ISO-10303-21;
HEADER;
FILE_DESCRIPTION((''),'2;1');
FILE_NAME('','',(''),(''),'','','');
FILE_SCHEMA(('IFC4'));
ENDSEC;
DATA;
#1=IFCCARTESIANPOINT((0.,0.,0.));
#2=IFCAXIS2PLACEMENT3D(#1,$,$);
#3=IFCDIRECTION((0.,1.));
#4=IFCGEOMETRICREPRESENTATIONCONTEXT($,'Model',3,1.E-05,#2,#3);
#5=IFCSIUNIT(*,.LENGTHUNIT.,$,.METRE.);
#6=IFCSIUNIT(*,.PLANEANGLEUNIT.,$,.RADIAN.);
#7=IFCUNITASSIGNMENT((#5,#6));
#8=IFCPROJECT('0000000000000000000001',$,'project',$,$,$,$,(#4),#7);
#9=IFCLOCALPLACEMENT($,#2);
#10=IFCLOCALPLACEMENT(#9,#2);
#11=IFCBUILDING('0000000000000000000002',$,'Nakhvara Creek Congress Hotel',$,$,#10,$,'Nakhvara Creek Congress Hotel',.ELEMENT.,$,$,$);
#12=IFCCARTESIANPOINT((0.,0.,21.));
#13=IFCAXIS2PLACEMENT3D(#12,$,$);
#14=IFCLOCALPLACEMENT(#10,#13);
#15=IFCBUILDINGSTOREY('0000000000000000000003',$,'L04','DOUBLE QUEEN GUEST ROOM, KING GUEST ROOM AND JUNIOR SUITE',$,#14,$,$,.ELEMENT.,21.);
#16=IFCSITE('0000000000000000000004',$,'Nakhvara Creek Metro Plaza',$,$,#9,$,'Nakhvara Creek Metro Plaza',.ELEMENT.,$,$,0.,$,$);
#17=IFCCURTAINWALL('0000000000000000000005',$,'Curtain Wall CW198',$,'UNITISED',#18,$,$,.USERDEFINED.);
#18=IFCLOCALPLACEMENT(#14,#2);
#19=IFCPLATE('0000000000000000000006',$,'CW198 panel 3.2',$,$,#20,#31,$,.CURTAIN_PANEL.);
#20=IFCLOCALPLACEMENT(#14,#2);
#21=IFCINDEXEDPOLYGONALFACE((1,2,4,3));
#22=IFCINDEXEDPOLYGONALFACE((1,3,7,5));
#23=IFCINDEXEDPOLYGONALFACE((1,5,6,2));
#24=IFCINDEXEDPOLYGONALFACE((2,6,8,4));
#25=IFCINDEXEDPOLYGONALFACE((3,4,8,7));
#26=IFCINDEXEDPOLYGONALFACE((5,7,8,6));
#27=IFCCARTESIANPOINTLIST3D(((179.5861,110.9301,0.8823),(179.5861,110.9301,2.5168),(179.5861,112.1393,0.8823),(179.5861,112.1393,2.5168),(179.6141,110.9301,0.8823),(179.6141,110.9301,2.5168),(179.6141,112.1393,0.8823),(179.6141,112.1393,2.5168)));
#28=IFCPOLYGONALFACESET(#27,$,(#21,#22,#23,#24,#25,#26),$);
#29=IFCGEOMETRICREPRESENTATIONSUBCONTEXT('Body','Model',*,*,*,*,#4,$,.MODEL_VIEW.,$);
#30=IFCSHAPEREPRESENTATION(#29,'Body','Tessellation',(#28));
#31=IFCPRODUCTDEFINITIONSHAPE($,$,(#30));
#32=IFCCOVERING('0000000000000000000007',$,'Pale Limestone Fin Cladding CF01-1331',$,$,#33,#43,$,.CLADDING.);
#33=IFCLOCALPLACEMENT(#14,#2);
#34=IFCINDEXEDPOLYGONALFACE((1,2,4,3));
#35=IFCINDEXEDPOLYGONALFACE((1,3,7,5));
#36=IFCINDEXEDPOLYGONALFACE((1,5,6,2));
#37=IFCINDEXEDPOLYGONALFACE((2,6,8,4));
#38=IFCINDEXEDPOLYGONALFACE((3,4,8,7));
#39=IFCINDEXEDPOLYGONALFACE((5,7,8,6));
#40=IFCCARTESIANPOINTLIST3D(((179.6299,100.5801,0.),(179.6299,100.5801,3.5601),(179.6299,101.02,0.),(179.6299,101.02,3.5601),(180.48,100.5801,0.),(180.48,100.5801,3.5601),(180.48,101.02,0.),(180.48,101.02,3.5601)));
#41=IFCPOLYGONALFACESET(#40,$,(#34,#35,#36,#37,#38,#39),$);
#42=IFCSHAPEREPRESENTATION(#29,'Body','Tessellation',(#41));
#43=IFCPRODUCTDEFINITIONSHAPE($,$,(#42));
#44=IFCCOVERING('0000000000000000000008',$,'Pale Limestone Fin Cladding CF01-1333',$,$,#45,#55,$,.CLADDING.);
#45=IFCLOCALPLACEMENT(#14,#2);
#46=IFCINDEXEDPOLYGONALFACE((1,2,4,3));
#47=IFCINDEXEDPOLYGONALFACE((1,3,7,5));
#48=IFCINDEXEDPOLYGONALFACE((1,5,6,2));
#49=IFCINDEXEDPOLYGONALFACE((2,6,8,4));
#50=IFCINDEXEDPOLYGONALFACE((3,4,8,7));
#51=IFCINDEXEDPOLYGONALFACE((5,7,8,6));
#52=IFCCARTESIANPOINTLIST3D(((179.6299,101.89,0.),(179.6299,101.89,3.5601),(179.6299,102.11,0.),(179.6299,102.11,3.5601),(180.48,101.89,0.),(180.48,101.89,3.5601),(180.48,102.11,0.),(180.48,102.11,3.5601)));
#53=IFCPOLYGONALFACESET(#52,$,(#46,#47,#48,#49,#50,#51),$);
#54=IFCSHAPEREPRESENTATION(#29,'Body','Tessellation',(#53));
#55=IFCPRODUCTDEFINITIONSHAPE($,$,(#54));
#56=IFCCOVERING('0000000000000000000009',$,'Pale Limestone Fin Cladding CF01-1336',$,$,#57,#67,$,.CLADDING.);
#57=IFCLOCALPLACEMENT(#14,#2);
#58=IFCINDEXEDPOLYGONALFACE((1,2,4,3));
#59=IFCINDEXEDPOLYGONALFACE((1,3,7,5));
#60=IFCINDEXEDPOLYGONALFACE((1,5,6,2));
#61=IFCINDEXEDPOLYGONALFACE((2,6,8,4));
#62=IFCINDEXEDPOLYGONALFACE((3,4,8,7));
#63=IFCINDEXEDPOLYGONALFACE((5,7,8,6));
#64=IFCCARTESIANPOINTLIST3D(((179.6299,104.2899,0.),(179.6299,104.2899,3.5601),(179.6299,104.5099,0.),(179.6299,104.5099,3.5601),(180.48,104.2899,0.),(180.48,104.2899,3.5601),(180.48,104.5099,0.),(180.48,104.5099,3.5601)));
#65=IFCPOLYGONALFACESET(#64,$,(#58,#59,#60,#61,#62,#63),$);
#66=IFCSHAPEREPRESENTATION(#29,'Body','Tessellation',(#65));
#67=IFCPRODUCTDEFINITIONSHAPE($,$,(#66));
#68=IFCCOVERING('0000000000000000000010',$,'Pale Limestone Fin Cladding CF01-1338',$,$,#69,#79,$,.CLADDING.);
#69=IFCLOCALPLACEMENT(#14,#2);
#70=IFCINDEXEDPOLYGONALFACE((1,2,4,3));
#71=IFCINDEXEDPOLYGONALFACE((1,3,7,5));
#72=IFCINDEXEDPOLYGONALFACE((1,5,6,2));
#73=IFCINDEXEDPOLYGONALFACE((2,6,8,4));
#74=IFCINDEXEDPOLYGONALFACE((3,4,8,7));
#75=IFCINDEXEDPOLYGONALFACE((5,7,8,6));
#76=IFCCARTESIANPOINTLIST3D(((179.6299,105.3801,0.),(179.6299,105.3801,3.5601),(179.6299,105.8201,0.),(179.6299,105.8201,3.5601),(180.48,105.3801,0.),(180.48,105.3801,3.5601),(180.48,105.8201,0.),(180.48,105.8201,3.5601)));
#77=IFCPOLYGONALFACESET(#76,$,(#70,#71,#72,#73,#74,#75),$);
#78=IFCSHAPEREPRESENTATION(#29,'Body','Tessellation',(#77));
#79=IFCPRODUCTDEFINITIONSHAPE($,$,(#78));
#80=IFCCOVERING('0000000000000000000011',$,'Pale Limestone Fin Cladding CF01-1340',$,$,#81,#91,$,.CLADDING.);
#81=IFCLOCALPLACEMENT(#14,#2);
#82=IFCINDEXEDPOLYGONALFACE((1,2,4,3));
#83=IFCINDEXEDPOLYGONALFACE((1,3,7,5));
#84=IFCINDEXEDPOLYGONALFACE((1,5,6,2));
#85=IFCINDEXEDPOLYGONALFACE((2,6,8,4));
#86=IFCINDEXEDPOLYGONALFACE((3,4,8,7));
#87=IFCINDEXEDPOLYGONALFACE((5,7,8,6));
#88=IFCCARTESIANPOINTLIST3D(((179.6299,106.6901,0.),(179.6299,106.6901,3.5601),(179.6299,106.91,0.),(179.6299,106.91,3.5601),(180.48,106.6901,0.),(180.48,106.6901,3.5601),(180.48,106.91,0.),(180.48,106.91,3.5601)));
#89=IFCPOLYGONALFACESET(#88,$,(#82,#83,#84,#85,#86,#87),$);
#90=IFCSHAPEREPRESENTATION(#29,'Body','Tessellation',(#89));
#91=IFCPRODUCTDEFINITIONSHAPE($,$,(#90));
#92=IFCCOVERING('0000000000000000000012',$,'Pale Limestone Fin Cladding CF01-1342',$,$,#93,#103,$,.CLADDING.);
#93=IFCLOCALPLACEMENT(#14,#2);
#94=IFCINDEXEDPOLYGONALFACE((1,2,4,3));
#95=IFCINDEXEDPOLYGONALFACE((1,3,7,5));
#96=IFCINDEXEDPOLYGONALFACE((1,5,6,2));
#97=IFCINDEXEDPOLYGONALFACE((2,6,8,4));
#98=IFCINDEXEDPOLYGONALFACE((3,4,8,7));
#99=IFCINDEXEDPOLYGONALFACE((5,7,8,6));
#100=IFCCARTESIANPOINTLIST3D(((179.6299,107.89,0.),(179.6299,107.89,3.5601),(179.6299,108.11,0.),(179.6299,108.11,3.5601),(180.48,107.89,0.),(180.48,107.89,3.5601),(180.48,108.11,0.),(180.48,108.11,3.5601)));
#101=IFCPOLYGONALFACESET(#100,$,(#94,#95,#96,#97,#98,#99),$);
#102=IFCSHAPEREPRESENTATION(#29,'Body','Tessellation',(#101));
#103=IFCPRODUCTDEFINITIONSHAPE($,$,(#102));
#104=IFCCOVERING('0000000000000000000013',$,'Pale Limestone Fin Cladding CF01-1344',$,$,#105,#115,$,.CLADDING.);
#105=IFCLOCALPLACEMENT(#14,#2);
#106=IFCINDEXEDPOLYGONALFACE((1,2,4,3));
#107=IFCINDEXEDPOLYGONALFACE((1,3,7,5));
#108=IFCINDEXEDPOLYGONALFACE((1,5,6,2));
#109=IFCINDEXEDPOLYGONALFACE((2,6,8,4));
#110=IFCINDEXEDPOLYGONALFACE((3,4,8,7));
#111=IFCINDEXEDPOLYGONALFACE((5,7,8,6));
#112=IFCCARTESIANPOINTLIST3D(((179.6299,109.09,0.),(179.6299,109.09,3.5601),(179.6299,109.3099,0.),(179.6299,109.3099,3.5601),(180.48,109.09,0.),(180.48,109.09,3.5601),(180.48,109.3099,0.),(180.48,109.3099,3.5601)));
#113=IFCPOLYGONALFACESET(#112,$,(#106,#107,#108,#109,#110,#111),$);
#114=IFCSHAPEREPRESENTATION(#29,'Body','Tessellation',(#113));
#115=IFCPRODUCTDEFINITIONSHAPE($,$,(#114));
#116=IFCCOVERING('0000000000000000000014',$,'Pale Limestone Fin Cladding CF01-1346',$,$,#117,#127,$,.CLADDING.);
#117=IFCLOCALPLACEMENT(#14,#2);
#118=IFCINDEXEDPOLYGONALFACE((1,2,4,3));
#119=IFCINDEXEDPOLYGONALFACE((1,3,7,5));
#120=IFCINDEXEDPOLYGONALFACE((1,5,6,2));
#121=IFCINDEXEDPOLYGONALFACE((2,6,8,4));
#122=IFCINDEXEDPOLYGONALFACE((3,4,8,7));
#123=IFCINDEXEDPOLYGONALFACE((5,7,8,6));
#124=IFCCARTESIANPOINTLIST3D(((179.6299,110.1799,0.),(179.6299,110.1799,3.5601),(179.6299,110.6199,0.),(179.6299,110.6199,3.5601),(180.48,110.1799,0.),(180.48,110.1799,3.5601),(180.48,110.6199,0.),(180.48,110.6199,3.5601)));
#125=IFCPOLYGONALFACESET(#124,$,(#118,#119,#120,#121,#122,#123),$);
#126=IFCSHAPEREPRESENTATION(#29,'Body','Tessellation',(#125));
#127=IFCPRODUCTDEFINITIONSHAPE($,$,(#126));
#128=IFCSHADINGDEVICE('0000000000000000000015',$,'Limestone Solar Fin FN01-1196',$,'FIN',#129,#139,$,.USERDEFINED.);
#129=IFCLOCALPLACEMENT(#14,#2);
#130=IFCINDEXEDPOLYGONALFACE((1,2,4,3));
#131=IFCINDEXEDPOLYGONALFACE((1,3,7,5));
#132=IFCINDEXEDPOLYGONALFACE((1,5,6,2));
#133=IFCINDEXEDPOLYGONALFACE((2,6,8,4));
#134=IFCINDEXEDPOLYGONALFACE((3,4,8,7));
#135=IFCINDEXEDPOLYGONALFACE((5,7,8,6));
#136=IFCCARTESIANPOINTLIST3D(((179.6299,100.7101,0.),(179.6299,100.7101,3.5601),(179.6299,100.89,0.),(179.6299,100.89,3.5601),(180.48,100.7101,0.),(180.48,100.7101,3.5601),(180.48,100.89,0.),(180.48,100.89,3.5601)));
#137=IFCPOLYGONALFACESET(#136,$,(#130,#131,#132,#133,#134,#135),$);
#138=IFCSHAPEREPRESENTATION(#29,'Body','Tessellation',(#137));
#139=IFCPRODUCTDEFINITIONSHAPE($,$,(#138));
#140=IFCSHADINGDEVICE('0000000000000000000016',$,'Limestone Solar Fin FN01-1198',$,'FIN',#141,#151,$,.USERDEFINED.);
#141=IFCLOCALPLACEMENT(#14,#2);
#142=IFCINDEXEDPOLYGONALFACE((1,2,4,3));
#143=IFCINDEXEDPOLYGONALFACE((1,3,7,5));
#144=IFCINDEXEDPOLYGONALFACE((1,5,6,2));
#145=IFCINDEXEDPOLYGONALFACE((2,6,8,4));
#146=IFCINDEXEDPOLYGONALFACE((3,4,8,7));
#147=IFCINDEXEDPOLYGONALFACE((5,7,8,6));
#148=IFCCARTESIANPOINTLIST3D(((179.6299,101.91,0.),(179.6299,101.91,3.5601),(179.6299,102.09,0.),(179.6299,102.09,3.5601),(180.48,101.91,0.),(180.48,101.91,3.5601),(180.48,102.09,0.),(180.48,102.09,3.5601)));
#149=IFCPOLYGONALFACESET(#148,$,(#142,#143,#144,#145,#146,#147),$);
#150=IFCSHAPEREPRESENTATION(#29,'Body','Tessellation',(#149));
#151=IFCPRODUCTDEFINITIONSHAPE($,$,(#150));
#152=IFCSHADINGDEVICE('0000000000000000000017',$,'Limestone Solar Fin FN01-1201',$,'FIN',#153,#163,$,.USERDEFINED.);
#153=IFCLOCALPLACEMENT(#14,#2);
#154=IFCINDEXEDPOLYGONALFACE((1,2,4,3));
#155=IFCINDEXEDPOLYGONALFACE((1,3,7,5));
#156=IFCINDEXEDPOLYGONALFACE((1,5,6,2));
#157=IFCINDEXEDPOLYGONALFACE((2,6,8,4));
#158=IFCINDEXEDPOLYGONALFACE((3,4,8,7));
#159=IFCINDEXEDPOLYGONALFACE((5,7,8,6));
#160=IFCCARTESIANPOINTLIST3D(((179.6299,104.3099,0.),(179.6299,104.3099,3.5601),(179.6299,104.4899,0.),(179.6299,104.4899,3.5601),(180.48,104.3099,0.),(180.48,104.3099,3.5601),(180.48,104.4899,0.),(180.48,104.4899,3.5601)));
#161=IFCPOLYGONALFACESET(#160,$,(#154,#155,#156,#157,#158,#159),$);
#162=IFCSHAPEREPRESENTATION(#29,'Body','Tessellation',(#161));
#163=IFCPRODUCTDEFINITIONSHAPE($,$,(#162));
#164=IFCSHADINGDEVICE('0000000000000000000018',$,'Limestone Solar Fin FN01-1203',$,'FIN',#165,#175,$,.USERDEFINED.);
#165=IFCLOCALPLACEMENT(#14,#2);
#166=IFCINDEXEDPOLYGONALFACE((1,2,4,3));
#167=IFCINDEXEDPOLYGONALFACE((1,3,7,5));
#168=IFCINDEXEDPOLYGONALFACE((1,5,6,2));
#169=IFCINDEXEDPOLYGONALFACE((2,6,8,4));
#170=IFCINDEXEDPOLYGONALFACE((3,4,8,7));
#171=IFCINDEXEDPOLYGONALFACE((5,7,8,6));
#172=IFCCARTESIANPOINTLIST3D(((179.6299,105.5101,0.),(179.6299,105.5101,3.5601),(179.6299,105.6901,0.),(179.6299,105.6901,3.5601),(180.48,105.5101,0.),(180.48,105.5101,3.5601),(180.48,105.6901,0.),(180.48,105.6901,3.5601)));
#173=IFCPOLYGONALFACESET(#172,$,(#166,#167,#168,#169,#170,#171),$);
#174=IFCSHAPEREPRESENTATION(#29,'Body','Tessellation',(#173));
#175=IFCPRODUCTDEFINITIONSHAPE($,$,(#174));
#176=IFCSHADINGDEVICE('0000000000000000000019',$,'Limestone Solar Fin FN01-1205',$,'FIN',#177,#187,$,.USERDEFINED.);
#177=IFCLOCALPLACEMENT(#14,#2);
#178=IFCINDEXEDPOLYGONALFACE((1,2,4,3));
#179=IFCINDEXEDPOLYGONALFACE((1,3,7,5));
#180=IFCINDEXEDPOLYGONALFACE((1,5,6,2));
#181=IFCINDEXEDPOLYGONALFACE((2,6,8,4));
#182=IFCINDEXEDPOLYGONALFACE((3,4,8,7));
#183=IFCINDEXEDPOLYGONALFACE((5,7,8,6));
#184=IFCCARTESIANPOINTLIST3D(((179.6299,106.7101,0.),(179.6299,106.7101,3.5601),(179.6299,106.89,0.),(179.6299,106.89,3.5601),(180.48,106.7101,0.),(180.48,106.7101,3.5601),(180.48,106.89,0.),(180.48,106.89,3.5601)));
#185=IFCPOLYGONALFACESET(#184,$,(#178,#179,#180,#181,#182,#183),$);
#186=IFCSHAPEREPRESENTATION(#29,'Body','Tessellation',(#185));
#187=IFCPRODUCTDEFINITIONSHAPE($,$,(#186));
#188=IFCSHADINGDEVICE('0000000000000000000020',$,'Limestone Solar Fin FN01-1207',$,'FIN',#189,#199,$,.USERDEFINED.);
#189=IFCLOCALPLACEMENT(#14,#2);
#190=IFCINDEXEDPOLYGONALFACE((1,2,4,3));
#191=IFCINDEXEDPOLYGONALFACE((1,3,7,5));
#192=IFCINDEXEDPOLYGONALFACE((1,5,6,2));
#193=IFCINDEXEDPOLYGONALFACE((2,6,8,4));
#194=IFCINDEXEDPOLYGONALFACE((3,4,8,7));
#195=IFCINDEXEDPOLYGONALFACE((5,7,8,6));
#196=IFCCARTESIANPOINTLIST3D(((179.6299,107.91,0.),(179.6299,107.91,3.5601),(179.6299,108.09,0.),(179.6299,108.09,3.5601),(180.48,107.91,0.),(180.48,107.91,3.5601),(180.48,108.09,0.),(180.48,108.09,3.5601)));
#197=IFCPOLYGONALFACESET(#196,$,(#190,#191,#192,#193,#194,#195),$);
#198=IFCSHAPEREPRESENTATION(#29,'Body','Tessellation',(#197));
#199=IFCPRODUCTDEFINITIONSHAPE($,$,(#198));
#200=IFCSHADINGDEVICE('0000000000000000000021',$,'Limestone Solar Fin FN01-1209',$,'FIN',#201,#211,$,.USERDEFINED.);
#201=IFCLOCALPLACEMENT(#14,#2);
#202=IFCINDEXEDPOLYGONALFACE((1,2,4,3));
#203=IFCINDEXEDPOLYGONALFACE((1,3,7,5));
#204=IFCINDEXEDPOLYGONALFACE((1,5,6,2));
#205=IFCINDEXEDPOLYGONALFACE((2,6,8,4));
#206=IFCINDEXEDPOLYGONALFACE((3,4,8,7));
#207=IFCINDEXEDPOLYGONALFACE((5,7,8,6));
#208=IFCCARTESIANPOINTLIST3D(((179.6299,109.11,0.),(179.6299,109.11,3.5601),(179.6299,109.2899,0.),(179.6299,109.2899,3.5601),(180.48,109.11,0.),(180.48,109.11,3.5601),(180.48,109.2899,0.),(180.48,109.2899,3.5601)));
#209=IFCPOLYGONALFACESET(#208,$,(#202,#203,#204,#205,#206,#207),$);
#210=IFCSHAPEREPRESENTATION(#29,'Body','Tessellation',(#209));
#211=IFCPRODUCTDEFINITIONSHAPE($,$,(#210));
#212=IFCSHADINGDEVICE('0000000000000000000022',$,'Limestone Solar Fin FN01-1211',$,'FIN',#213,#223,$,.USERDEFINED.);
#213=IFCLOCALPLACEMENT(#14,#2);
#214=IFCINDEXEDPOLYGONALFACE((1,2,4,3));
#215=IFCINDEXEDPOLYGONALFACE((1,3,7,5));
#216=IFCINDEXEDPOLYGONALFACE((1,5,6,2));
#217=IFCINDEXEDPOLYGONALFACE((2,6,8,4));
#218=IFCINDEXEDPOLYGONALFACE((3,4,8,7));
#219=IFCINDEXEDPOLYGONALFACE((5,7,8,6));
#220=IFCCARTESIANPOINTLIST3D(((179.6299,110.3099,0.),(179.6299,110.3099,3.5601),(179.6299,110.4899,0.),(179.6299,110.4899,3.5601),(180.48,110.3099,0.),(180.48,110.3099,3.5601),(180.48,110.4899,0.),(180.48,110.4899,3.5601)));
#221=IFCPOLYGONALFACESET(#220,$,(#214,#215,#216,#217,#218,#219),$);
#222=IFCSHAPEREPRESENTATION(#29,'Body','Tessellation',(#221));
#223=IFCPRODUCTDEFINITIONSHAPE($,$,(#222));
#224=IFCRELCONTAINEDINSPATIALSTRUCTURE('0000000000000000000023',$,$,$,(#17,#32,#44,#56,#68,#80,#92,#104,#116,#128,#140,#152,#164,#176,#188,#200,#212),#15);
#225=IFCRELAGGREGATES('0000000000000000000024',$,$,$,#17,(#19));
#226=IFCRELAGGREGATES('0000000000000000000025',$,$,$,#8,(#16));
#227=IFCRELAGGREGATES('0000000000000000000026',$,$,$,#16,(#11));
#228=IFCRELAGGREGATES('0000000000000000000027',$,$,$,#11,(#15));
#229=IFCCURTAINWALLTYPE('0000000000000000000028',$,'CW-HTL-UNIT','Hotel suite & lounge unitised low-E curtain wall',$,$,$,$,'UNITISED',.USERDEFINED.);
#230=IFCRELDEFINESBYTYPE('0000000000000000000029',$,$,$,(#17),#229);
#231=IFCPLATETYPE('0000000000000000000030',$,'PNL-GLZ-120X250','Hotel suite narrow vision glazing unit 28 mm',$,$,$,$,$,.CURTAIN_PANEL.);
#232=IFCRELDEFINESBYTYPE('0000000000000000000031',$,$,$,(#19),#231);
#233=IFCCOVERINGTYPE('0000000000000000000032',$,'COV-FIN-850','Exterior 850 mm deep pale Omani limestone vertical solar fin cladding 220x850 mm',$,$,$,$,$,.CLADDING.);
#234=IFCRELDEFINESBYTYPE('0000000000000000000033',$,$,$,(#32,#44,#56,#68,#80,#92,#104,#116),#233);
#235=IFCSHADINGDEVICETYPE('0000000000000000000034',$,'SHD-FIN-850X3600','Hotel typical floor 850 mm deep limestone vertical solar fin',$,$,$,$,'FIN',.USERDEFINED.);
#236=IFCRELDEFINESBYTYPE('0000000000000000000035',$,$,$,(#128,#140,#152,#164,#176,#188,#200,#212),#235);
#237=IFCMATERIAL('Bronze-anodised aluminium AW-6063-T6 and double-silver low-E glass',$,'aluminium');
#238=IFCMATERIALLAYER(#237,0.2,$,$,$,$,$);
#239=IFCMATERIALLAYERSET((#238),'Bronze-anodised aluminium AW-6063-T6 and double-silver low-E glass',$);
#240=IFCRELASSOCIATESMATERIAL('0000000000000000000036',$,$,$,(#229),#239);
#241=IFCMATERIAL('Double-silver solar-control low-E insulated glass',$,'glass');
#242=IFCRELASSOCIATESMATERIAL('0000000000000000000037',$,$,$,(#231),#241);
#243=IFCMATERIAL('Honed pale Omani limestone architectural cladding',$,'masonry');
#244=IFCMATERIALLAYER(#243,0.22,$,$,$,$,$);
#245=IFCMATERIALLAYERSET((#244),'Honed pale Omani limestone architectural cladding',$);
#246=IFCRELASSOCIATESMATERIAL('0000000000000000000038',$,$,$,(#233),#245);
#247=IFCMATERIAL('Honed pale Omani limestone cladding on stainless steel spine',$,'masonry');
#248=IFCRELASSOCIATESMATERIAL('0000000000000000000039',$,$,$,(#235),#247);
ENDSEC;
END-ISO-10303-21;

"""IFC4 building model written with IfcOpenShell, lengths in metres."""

from ifc_helpers import new_model, si_unit, direction, frame, origin, origin_2d, place, context, subcontext, project, spatial, rectangle, extrude, material, layer, layer_set, type_object, element, aggregate, save


model = new_model("IFC4")

# Units and contexts
model_context = context("Model", 3, precision=1e-05, world=origin(), true_north=direction((0.0, 1.0)))
body_context = subcontext(model_context, "Body", "Model", "MODEL_VIEW")
ifc_project = project(units=[si_unit("LENGTHUNIT", "METRE"), si_unit("PLANEANGLEUNIT", "RADIAN")], contexts=[model_context])

# Site, building, storey
site_placement = place(None, origin())
site = spatial("IfcSite", under=ifc_project, at=site_placement, Name="Nakhvara Creek Metro Plaza", LongName="Nakhvara Creek Metro Plaza", CompositionType="ELEMENT", RefElevation=0.0)
building_placement = place(site_placement, origin())
building = spatial("IfcBuilding", under=site, at=building_placement, Name="Nakhvara Creek Congress Hotel", LongName="Nakhvara Creek Congress Hotel", CompositionType="ELEMENT")
storey_placement = place(building_placement, frame((0.0, 0.0, 21.0)))
storey = spatial("IfcBuildingStorey", under=building, at=storey_placement, Name="L04", Description="DOUBLE QUEEN GUEST ROOM, KING GUEST ROOM AND JUNIOR SUITE", CompositionType="ELEMENT", Elevation=21.0)

# Curtain wall, plate
ifc_material_1 = material(Name="Bronze-anodised aluminium AW-6063-T6 and double-silver low-E glass", Category="aluminium")
ifc_layer_1 = layer(ifc_material_1, 0.2)
ifc_layer_set_1 = layer_set([ifc_layer_1], Name="Bronze-anodised aluminium AW-6063-T6 and double-silver low-E glass")
curtain_wall_type = type_object("IfcCurtainWallType", Name="CW-HTL-UNIT", Description="Hotel suite & lounge unitised low-E curtain wall", ElementType="UNITISED", PredefinedType="USERDEFINED", material=ifc_layer_set_1)
curtain_wall_placement = place(storey_placement, origin())
curtain_wall = element("IfcCurtainWall", 1, at=curtain_wall_placement, inside=storey, type_object=curtain_wall_type, Name="Curtain Wall CW198", ObjectType="UNITISED", PredefinedType="USERDEFINED")
ifc_material_2 = material(Name="Double-silver solar-control low-E insulated glass", Category="glass")
plate_type = type_object("IfcPlateType", Name="PNL-GLZ-120X250", Description="Hotel suite narrow vision glazing unit 28 mm", PredefinedType="CURTAIN_PANEL", material=ifc_material_2)
plate_placement = place(storey_placement, frame((179.6001, 111.5347, 0.8823), z_axis=(0.0, 0.0, 1.0), x_axis=(0.0, -1.0, 0.0)))
plate = element("IfcPlate", 2, at=plate_placement, type_object=plate_type, Name="CW198 panel 3.2", PredefinedType="CURTAIN_PANEL", context=body_context, shape_type="SweptSolid", body=[
    extrude(rectangle(XDim=1.2092, YDim=0.0281, at=origin_2d()), origin(), (0.0, 0.0, 1.0), 1.6345),
])
aggregate(curtain_wall, [plate])

# Coverings
ifc_material_3 = material(Name="Honed pale Omani limestone architectural cladding", Category="masonry")
ifc_layer_2 = layer(ifc_material_3, 0.22)
ifc_layer_set_2 = layer_set([ifc_layer_2], Name="Honed pale Omani limestone architectural cladding")
covering_type = type_object("IfcCoveringType", Name="COV-FIN-850", Description="Exterior 850 mm deep pale Omani limestone vertical solar fin cladding 220x850 mm", PredefinedType="CLADDING", material=ifc_layer_set_2)
covering_1_placement = place(storey_placement, frame((180.0549, 100.8, 0.0), z_axis=(0.0, 0.0, 1.0), x_axis=(0.0, 1.0, 0.0)))
element("IfcCovering", 3, at=covering_1_placement, inside=storey, type_object=covering_type, Name="Pale Limestone Fin Cladding CF01-1331", PredefinedType="CLADDING", context=body_context, shape_type="SweptSolid", body=[
    extrude(rectangle(XDim=0.4399, YDim=0.8501, at=origin_2d()), origin(), (0.0, 0.0, 1.0), 3.5601),
])
for number, where, z_axis, x_axis, name in (
    (4, (180.0549, 102.0, 0.0), (0.0, 0.0, 1.0), (0.0, 1.0, 0.0), "Pale Limestone Fin Cladding CF01-1333"),
    (5, (180.0549, 104.3999, 0.0), (0.0, 0.0, 1.0), (0.0, 1.0, 0.0), "Pale Limestone Fin Cladding CF01-1336"),
):
    element("IfcCovering", number, at=place(storey_placement, frame(where, z_axis=z_axis, x_axis=x_axis)), inside=storey, type_object=covering_type, Name=name, PredefinedType="CLADDING", context=body_context, shape_type="SweptSolid", body=[
        extrude(rectangle(XDim=0.22, YDim=0.8501, at=origin_2d()), origin(), (0.0, 0.0, 1.0), 3.5601),
    ])
covering_2_placement = place(storey_placement, frame((180.0549, 105.6001, 0.0), z_axis=(0.0, 0.0, 1.0), x_axis=(0.0, 1.0, 0.0)))
element("IfcCovering", 6, at=covering_2_placement, inside=storey, type_object=covering_type, Name="Pale Limestone Fin Cladding CF01-1338", PredefinedType="CLADDING", context=body_context, shape_type="SweptSolid", body=[
    extrude(rectangle(XDim=0.4399, YDim=0.8501, at=origin_2d()), origin(), (0.0, 0.0, 1.0), 3.5601),
])
for number, where, z_axis, x_axis, name in (
    (7, (180.0549, 106.8, 0.0), (0.0, 0.0, 1.0), (0.0, 1.0, 0.0), "Pale Limestone Fin Cladding CF01-1340"),
    (8, (180.0549, 108.0, 0.0), (0.0, 0.0, 1.0), (0.0, 1.0, 0.0), "Pale Limestone Fin Cladding CF01-1342"),
    (9, (180.0549, 109.2, 0.0), (0.0, 0.0, 1.0), (0.0, 1.0, 0.0), "Pale Limestone Fin Cladding CF01-1344"),
):
    element("IfcCovering", number, at=place(storey_placement, frame(where, z_axis=z_axis, x_axis=x_axis)), inside=storey, type_object=covering_type, Name=name, PredefinedType="CLADDING", context=body_context, shape_type="SweptSolid", body=[
        extrude(rectangle(XDim=0.22, YDim=0.8501, at=origin_2d()), origin(), (0.0, 0.0, 1.0), 3.5601),
    ])
covering_3_placement = place(storey_placement, frame((180.0549, 110.3999, 0.0), z_axis=(0.0, 0.0, 1.0), x_axis=(0.0, 1.0, 0.0)))
element("IfcCovering", 10, at=covering_3_placement, inside=storey, type_object=covering_type, Name="Pale Limestone Fin Cladding CF01-1346", PredefinedType="CLADDING", context=body_context, shape_type="SweptSolid", body=[
    extrude(rectangle(XDim=0.4399, YDim=0.8501, at=origin_2d()), origin(), (0.0, 0.0, 1.0), 3.5601),
])

# Shading devices
ifc_material_4 = material(Name="Honed pale Omani limestone cladding on stainless steel spine", Category="masonry")
shading_device_type = type_object("IfcShadingDeviceType", Name="SHD-FIN-850X3600", Description="Hotel typical floor 850 mm deep limestone vertical solar fin", ElementType="FIN", PredefinedType="USERDEFINED", material=ifc_material_4)
for number, where, z_axis, x_axis, name in (
    (11, (180.0549, 100.8, 0.0), (0.0, 0.0, 1.0), (0.0, 1.0, 0.0), "Limestone Solar Fin FN01-1196"),
    (12, (180.0549, 102.0, 0.0), (0.0, 0.0, 1.0), (0.0, 1.0, 0.0), "Limestone Solar Fin FN01-1198"),
    (13, (180.0549, 104.3999, 0.0), (0.0, 0.0, 1.0), (0.0, 1.0, 0.0), "Limestone Solar Fin FN01-1201"),
    (14, (180.0549, 105.6001, 0.0), (0.0, 0.0, 1.0), (0.0, 1.0, 0.0), "Limestone Solar Fin FN01-1203"),
    (15, (180.0549, 106.8, 0.0), (0.0, 0.0, 1.0), (0.0, 1.0, 0.0), "Limestone Solar Fin FN01-1205"),
    (16, (180.0549, 108.0, 0.0), (0.0, 0.0, 1.0), (0.0, 1.0, 0.0), "Limestone Solar Fin FN01-1207"),
    (17, (180.0549, 109.2, 0.0), (0.0, 0.0, 1.0), (0.0, 1.0, 0.0), "Limestone Solar Fin FN01-1209"),
    (18, (180.0549, 110.3999, 0.0), (0.0, 0.0, 1.0), (0.0, 1.0, 0.0), "Limestone Solar Fin FN01-1211"),
):
    element("IfcShadingDevice", number, at=place(storey_placement, frame(where, z_axis=z_axis, x_axis=x_axis)), inside=storey, type_object=shading_device_type, Name=name, ObjectType="FIN", PredefinedType="USERDEFINED", context=body_context, shape_type="SweptSolid", body=[
        extrude(rectangle(XDim=0.1799, YDim=0.8501, at=origin_2d()), origin(), (0.0, 0.0, 1.0), 3.5601),
    ])

save(model, "model.ifc")
